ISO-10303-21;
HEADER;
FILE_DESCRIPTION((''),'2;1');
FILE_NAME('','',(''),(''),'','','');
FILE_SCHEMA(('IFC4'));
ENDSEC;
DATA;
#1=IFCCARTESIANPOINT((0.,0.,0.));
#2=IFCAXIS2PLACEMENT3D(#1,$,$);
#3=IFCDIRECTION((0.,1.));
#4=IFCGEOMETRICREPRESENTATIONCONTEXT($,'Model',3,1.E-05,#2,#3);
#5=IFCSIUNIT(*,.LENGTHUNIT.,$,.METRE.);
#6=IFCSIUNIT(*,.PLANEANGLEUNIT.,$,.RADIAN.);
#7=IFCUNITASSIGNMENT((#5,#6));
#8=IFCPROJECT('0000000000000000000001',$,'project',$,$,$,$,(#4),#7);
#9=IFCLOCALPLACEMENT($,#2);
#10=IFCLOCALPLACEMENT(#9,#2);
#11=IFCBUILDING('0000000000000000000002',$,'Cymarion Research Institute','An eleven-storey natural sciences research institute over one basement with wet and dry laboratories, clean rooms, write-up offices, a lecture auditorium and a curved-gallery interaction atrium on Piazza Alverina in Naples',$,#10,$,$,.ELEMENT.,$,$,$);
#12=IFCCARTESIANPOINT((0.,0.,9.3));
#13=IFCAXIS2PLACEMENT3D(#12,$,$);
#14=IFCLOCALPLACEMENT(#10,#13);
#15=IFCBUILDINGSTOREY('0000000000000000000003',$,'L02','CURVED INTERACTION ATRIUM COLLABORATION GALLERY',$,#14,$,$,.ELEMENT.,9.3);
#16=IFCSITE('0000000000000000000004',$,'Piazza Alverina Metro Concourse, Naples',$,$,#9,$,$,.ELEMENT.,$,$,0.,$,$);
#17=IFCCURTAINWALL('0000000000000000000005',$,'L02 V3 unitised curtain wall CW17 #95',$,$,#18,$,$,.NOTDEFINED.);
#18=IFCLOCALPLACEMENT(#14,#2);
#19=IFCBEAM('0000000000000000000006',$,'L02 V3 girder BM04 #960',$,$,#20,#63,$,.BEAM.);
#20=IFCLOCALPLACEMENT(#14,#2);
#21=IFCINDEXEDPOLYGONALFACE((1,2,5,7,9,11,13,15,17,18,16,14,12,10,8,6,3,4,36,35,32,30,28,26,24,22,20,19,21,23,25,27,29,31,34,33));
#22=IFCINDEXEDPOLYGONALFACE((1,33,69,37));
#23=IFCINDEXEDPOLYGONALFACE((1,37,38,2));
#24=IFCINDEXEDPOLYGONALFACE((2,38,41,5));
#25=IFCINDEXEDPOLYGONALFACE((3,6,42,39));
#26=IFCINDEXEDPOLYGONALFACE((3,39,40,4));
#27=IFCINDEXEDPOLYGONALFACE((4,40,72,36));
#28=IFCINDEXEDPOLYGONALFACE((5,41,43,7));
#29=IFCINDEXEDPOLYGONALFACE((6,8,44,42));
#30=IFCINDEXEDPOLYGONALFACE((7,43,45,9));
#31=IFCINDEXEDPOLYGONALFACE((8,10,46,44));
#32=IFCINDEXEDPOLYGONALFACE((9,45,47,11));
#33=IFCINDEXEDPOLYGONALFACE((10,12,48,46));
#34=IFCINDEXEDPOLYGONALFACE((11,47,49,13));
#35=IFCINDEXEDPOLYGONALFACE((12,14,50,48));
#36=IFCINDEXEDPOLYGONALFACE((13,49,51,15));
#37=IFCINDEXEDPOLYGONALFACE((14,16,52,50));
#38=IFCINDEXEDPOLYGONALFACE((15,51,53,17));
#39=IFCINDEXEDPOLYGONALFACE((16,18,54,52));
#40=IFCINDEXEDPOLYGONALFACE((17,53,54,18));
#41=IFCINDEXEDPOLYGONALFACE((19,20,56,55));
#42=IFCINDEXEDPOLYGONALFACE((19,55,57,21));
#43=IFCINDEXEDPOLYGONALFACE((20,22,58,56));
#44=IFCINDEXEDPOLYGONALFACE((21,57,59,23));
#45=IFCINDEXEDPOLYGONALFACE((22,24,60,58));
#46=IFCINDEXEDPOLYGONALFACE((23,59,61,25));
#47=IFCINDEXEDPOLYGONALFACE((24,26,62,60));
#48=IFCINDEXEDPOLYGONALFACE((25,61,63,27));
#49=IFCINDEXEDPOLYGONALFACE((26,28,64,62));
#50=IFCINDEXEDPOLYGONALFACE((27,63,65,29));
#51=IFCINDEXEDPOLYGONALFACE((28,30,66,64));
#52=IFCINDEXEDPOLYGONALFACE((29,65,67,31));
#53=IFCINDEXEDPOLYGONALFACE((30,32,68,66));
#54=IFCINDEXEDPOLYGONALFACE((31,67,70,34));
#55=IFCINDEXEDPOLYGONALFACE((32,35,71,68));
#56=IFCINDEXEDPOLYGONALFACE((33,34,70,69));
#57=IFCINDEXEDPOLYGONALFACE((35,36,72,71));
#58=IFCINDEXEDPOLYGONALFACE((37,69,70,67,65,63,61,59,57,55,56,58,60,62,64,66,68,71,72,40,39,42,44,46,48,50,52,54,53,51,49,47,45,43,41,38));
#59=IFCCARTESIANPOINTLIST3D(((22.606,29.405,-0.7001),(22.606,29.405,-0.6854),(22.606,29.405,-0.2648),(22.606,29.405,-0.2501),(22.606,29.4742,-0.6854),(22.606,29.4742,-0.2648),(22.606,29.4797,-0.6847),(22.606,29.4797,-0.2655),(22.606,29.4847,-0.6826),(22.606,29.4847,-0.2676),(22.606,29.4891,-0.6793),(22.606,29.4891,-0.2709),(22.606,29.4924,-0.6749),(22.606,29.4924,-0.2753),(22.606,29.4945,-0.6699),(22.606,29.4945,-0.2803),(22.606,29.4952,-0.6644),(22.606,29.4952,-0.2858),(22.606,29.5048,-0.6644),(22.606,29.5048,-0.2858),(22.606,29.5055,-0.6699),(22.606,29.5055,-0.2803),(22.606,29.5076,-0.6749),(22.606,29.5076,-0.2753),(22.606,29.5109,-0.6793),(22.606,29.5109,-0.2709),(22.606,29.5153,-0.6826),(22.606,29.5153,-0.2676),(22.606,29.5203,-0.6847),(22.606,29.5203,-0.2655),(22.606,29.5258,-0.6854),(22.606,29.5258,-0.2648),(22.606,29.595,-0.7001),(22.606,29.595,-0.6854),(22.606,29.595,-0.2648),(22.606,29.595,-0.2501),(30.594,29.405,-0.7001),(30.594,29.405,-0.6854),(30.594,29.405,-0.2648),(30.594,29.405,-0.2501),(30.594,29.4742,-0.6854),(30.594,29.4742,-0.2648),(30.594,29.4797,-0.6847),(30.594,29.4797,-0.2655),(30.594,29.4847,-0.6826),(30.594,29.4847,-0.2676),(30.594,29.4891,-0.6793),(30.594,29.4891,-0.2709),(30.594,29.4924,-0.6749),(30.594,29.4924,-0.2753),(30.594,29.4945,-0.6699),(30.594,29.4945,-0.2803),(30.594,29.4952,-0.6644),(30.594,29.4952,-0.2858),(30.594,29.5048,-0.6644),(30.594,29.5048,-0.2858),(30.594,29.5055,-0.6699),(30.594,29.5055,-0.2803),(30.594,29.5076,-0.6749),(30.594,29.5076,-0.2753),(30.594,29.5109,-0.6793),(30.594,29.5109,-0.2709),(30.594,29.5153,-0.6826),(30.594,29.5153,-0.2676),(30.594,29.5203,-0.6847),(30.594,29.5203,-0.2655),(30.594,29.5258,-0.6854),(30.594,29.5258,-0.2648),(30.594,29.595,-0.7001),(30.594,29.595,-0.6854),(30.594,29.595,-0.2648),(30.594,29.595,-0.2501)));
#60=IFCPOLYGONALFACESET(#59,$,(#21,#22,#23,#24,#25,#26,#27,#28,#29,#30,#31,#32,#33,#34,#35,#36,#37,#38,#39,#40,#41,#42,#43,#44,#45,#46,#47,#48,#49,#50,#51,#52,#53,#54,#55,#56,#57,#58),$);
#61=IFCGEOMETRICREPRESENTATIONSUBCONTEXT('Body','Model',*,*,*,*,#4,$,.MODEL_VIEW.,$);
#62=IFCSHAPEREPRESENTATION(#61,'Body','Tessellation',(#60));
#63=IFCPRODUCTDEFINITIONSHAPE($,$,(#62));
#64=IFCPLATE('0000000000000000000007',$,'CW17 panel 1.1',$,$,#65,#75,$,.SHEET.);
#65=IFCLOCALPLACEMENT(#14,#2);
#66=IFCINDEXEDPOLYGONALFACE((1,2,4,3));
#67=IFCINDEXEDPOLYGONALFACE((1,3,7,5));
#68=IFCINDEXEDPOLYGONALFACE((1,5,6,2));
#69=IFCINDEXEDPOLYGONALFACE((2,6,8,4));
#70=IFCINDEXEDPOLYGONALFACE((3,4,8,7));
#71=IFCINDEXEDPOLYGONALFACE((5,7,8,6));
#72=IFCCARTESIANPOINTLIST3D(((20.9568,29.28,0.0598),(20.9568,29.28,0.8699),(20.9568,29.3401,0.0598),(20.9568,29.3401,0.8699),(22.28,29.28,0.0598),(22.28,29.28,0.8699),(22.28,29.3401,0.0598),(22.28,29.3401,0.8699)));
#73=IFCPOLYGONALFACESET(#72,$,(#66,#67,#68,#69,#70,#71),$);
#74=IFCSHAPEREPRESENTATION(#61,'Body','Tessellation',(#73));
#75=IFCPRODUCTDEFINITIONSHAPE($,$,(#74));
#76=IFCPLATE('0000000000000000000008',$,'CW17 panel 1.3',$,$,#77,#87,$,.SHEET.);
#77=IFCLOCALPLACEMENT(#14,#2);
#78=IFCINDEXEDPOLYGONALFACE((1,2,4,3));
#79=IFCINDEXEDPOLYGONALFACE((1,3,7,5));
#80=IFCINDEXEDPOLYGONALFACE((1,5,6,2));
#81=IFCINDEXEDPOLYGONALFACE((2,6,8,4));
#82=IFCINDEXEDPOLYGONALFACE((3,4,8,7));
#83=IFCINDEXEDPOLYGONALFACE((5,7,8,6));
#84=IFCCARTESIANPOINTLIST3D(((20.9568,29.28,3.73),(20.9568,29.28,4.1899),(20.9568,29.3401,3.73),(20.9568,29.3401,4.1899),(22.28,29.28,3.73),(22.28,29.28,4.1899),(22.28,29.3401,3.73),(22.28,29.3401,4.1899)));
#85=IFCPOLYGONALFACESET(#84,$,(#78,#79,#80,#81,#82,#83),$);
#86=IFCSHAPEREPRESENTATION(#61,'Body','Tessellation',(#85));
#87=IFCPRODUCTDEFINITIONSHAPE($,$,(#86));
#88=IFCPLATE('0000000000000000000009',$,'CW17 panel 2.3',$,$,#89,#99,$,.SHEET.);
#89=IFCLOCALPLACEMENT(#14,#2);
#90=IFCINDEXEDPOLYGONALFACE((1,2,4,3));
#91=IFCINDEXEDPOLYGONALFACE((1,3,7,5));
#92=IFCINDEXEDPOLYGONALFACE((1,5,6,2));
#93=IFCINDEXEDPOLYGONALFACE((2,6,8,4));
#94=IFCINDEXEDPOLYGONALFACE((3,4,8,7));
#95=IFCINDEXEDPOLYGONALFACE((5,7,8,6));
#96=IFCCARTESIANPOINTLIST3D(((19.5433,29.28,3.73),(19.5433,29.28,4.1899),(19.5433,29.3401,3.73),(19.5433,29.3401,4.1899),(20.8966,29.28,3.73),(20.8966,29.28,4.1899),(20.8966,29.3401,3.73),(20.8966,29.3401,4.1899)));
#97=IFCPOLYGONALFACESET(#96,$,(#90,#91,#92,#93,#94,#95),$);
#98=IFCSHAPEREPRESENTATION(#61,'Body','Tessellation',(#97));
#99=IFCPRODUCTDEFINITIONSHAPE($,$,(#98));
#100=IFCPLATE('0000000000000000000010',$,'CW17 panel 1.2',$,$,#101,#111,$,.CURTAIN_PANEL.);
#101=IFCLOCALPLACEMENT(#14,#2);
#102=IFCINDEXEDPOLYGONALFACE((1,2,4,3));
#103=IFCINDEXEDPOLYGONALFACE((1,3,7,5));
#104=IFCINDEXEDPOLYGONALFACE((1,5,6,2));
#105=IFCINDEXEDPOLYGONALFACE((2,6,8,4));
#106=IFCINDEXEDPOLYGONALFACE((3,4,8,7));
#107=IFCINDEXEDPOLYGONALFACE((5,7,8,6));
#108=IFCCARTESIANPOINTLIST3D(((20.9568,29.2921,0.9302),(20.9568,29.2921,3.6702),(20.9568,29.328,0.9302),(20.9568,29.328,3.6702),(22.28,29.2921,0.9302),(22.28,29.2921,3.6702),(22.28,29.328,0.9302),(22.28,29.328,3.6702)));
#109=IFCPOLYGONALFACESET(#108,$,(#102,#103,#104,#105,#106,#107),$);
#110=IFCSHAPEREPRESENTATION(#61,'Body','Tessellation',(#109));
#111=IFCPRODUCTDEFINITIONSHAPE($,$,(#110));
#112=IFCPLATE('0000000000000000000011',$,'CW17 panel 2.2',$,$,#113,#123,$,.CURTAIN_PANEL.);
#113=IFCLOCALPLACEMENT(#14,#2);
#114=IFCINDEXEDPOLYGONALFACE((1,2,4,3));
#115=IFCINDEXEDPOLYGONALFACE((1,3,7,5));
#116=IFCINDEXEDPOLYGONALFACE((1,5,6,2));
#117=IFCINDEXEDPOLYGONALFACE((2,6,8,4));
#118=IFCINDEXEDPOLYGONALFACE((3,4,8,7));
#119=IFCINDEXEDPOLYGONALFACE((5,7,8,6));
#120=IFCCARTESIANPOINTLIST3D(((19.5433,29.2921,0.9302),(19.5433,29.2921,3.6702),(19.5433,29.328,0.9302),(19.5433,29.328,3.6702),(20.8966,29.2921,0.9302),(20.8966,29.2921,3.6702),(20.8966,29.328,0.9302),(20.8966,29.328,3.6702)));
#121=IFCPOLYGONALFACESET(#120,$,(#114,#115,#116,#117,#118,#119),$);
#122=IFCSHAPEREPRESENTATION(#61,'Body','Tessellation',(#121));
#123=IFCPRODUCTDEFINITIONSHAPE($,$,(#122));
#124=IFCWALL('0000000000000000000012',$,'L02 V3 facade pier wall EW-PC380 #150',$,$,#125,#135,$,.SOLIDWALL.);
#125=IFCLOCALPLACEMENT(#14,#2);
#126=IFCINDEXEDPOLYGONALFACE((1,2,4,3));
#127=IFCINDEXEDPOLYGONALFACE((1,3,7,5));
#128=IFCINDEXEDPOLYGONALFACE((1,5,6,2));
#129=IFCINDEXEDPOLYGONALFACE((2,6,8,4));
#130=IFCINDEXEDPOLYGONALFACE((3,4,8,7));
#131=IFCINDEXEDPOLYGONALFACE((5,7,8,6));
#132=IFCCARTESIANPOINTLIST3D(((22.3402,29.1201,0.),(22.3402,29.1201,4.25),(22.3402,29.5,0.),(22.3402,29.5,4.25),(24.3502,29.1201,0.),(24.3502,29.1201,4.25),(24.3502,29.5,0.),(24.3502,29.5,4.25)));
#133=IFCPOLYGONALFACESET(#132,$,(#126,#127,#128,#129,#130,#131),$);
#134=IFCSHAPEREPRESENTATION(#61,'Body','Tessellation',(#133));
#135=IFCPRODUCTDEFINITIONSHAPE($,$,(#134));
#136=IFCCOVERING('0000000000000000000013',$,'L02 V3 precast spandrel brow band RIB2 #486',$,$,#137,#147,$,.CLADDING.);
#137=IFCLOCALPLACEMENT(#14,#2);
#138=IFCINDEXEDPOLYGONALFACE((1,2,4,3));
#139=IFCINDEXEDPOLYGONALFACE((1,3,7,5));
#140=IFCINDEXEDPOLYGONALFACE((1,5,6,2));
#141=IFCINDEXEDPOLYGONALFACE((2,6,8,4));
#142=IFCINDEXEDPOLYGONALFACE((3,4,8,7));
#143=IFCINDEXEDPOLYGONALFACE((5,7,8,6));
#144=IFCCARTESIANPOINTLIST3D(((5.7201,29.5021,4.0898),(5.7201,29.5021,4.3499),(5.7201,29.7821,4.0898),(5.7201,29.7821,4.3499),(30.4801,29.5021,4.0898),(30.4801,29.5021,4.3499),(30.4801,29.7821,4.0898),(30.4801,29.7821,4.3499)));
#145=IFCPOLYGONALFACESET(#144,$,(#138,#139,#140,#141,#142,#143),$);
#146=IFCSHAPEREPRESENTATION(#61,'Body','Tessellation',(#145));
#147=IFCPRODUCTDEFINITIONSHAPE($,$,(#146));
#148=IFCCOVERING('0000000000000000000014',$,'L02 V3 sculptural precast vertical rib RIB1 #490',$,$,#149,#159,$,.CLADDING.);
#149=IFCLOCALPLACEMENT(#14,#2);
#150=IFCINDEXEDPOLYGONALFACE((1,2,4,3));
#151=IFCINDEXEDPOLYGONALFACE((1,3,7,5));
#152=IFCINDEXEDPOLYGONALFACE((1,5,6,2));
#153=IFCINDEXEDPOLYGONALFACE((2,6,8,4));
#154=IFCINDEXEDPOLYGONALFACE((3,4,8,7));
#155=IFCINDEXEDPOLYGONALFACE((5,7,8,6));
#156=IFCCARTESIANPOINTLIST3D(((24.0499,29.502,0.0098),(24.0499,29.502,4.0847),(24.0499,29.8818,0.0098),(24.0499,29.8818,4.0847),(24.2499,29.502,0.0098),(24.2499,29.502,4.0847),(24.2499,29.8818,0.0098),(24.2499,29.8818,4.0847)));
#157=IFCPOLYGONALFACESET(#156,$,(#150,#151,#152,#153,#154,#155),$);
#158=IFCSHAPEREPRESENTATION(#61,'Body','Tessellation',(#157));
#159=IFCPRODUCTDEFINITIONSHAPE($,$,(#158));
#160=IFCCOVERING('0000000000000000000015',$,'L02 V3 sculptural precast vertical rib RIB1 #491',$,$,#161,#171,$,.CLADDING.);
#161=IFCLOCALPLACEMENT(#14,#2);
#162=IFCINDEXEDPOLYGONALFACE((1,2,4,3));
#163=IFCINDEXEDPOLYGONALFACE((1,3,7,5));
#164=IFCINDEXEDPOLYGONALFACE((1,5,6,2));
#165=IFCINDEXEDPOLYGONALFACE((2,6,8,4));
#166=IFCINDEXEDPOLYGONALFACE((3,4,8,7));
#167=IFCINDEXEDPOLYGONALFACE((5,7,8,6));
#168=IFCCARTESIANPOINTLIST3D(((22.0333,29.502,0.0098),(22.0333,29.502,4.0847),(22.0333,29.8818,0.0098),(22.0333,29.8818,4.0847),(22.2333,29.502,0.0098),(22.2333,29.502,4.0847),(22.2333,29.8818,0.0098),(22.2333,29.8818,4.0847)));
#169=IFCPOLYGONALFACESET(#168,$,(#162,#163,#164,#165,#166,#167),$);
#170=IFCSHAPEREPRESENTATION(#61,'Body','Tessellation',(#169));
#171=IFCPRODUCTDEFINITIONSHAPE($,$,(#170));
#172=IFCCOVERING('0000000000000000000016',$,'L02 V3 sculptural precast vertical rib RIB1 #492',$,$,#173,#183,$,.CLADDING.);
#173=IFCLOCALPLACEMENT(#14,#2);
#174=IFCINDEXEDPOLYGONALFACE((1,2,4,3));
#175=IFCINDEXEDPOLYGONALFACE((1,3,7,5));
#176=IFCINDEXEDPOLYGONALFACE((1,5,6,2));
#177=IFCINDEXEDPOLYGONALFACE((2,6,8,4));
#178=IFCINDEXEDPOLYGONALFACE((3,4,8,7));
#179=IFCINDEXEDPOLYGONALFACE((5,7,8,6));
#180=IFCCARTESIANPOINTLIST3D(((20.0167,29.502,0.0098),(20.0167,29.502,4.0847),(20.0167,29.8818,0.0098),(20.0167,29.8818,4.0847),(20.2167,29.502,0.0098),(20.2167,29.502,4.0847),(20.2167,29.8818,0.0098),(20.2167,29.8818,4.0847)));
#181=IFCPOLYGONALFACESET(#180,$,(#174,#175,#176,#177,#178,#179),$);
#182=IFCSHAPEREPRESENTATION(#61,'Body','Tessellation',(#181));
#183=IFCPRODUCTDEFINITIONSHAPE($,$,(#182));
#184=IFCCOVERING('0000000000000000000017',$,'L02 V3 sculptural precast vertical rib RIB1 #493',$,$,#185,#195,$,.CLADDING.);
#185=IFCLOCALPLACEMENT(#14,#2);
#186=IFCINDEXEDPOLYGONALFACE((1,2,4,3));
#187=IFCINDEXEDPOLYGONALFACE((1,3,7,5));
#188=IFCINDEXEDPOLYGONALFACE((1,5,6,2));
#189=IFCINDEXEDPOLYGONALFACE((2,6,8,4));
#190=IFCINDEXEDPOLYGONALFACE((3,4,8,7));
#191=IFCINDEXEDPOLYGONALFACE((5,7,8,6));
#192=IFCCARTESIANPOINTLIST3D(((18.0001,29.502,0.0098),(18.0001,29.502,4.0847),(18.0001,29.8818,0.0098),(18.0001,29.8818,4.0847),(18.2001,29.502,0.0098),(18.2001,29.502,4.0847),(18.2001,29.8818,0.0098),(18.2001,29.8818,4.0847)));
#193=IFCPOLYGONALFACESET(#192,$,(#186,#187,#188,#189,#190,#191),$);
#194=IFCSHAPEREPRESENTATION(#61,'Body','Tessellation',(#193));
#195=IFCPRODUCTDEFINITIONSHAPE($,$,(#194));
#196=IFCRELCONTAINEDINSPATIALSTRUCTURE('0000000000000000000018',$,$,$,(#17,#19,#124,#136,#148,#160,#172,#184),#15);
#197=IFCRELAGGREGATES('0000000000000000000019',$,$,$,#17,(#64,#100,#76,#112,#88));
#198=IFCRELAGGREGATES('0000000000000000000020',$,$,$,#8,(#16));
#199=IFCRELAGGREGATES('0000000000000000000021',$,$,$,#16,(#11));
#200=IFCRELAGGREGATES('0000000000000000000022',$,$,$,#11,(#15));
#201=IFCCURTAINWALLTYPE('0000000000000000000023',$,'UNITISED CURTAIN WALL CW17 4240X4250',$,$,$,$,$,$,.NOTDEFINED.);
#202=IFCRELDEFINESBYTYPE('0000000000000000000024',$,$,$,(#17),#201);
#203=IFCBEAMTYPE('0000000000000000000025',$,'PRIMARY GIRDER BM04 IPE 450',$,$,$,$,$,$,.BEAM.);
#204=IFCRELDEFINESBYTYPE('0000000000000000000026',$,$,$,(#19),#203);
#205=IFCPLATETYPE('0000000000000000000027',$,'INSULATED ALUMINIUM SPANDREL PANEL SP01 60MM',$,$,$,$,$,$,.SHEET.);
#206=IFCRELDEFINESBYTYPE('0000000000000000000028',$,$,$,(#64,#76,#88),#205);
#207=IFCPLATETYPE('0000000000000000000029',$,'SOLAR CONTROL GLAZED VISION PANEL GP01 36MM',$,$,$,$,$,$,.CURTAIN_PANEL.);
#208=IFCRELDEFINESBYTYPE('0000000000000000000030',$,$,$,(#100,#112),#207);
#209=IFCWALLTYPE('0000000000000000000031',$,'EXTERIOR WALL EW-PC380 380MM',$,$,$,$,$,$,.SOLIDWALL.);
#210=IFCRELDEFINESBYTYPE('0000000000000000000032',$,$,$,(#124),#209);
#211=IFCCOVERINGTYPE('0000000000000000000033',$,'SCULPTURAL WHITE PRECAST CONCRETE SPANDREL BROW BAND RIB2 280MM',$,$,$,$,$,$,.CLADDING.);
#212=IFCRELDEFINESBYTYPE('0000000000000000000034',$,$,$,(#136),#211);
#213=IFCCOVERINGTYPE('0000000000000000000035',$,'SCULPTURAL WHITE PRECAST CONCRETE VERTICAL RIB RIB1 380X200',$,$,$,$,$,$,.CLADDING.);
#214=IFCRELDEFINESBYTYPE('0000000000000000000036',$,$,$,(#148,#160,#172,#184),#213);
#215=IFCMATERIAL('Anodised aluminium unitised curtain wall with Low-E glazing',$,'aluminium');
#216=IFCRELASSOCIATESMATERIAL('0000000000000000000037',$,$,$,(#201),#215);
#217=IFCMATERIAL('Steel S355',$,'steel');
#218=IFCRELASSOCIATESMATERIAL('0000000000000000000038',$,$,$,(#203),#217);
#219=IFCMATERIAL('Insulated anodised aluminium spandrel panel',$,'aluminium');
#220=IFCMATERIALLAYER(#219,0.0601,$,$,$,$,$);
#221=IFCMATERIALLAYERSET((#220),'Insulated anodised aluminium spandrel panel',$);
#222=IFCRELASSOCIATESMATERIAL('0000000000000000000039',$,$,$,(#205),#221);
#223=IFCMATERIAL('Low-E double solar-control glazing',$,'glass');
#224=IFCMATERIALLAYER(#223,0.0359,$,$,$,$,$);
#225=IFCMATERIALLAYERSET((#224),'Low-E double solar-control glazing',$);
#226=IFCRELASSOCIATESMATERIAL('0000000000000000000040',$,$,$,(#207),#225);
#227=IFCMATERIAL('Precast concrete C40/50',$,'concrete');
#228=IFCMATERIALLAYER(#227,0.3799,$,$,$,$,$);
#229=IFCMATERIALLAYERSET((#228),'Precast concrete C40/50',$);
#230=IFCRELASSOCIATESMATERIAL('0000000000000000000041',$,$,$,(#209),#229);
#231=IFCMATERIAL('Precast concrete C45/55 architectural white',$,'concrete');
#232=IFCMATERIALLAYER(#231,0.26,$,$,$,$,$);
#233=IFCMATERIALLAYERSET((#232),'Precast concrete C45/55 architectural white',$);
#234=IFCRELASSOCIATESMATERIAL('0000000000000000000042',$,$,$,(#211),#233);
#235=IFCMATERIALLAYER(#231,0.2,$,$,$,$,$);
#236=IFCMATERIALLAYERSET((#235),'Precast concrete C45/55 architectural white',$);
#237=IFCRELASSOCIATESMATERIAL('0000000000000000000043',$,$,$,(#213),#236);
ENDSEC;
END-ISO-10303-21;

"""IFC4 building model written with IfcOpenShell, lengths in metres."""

from ifc_helpers import new_model, si_unit, direction, frame, frame_2d, origin, origin_2d, place, context, subcontext, project, spatial, rectangle, i_section, extrude, material, layer, layer_set, material_profile, profile_set, type_object, element, aggregate, save


model = new_model("IFC4")

# Units and contexts
model_context = context("Model", 3, precision=1e-05, world=origin(), true_north=direction((0.0, 1.0)))
body_context = subcontext(model_context, "Body", "Model", "MODEL_VIEW")
ifc_project = project(units=[si_unit("LENGTHUNIT", "METRE"), si_unit("PLANEANGLEUNIT", "RADIAN")], contexts=[model_context])

# Site, building, storey
site_placement = place(None, origin())
site = spatial("IfcSite", under=ifc_project, at=site_placement, Name="Piazza Alverina Metro Concourse, Naples", CompositionType="ELEMENT", RefElevation=0.0)
building_placement = place(site_placement, origin())
building = spatial("IfcBuilding", under=site, at=building_placement, Name="Cymarion Research Institute", Description="An eleven-storey natural sciences research institute over one basement with wet and dry laboratories, clean rooms, write-up offices, a lecture auditorium and a curved-gallery interaction atrium on Piazza Alverina in Naples", CompositionType="ELEMENT")
storey_placement = place(building_placement, frame((0.0, 0.0, 9.3)))
storey = spatial("IfcBuildingStorey", under=building, at=storey_placement, Name="L02", Description="CURVED INTERACTION ATRIUM COLLABORATION GALLERY", CompositionType="ELEMENT", Elevation=9.3)

# Shared definitions
ifc_material_1 = material(Name="Steel S355", Category="steel")

# Curtain wall
ifc_material_2 = material(Name="Anodised aluminium unitised curtain wall with Low-E glazing", Category="aluminium")
curtain_wall_type = type_object("IfcCurtainWallType", Name="UNITISED CURTAIN WALL CW17 4240X4250", PredefinedType="NOTDEFINED", material=ifc_material_2)
curtain_wall_placement = place(storey_placement, origin())
curtain_wall = element("IfcCurtainWall", 1, at=curtain_wall_placement, inside=storey, type_object=curtain_wall_type, Name="L02 V3 unitised curtain wall CW17 #95", PredefinedType="NOTDEFINED")

# Beam
ifc_material_profile_1 = material_profile(ifc_material_1, i_section(OverallWidth=0.1899, OverallDepth=0.45, WebThickness=0.0095, FlangeThickness=0.0146, FilletRadius=0.021, at=origin_2d()), Name="IPE 450")
ifc_profile_set_1 = profile_set([ifc_material_profile_1], Name="Steel S355")
beam_type = type_object("IfcBeamType", Name="PRIMARY GIRDER BM04 IPE 450", PredefinedType="BEAM", material=ifc_profile_set_1)
beam_placement = place(storey_placement, frame((22.606, 29.5, -0.4751), z_axis=(1.0, 0.0, 0.0), x_axis=(0.0, 1.0, 0.0)))
element("IfcBeam", 2, at=beam_placement, inside=storey, type_object=beam_type, Name="L02 V3 girder BM04 #960", PredefinedType="BEAM", context=body_context, shape_type="SweptSolid", body=[
    extrude(i_section(OverallWidth=0.1899, OverallDepth=0.45, WebThickness=0.0095, FlangeThickness=0.0146, FilletRadius=0.021, at=origin_2d()), origin(), (0.0, 0.0, 1.0), 7.988),
])

# Plates
ifc_material_3 = material(Name="Insulated anodised aluminium spandrel panel", Category="aluminium")
ifc_layer_1 = layer(ifc_material_3, 0.0601)
ifc_layer_set_1 = layer_set([ifc_layer_1], Name="Insulated anodised aluminium spandrel panel")
plate_type_1 = type_object("IfcPlateType", Name="INSULATED ALUMINIUM SPANDREL PANEL SP01 60MM", PredefinedType="SHEET", material=ifc_layer_set_1)
plate_1_placement = place(storey_placement, frame((21.6184, 29.3101, 0.0598), z_axis=(0.0, 0.0, 1.0), x_axis=(-1.0, 0.0, 0.0)))
plate_1 = element("IfcPlate", 3, at=plate_1_placement, type_object=plate_type_1, Name="CW17 panel 1.1", PredefinedType="SHEET", context=body_context, shape_type="SweptSolid", body=[
    extrude(rectangle(XDim=1.3232, YDim=0.0601, at=origin_2d()), origin(), (0.0, 0.0, 1.0), 0.8101),
])
plate_2_placement = place(storey_placement, frame((21.6184, 29.3101, 3.73), z_axis=(0.0, 0.0, 1.0), x_axis=(-1.0, 0.0, 0.0)))
plate_2 = element("IfcPlate", 4, at=plate_2_placement, type_object=plate_type_1, Name="CW17 panel 1.3", PredefinedType="SHEET", context=body_context, shape_type="SweptSolid", body=[
    extrude(rectangle(XDim=1.3232, YDim=0.0601, at=origin_2d()), origin(), (0.0, 0.0, 1.0), 0.46),
])
plate_3_placement = place(storey_placement, frame((20.22, 29.3101, 3.73), z_axis=(0.0, 0.0, 1.0), x_axis=(-1.0, 0.0, 0.0)))
plate_3 = element("IfcPlate", 5, at=plate_3_placement, type_object=plate_type_1, Name="CW17 panel 2.3", PredefinedType="SHEET", context=body_context, shape_type="SweptSolid", body=[
    extrude(rectangle(XDim=1.3533, YDim=0.0601, at=origin_2d()), origin(), (0.0, 0.0, 1.0), 0.46),
])
ifc_material_4 = material(Name="Low-E double solar-control glazing", Category="glass")
ifc_layer_2 = layer(ifc_material_4, 0.0359)
ifc_layer_set_2 = layer_set([ifc_layer_2], Name="Low-E double solar-control glazing")
plate_type_2 = type_object("IfcPlateType", Name="SOLAR CONTROL GLAZED VISION PANEL GP01 36MM", PredefinedType="CURTAIN_PANEL", material=ifc_layer_set_2)
plate_4_placement = place(storey_placement, frame((21.6184, 29.3101, 0.9302), z_axis=(0.0, 0.0, 1.0), x_axis=(-1.0, 0.0, 0.0)))
plate_4 = element("IfcPlate", 6, at=plate_4_placement, type_object=plate_type_2, Name="CW17 panel 1.2", PredefinedType="CURTAIN_PANEL", context=body_context, shape_type="SweptSolid", body=[
    extrude(rectangle(XDim=1.3232, YDim=0.0359, at=origin_2d()), origin(), (0.0, 0.0, 1.0), 2.74),
])
plate_5_placement = place(storey_placement, frame((20.22, 29.3101, 0.9302), z_axis=(0.0, 0.0, 1.0), x_axis=(-1.0, 0.0, 0.0)))
plate_5 = element("IfcPlate", 7, at=plate_5_placement, type_object=plate_type_2, Name="CW17 panel 2.2", PredefinedType="CURTAIN_PANEL", context=body_context, shape_type="SweptSolid", body=[
    extrude(rectangle(XDim=1.3533, YDim=0.0359, at=origin_2d()), origin(), (0.0, 0.0, 1.0), 2.74),
])
aggregate(curtain_wall, [plate_1, plate_4, plate_2, plate_5, plate_3])

# Wall
ifc_material_5 = material(Name="Precast concrete C40/50", Category="concrete")
ifc_layer_3 = layer(ifc_material_5, 0.3799)
ifc_layer_set_3 = layer_set([ifc_layer_3], Name="Precast concrete C40/50")
wall_type = type_object("IfcWallType", Name="EXTERIOR WALL EW-PC380 380MM", PredefinedType="SOLIDWALL", material=ifc_layer_set_3)
wall_placement = place(storey_placement, frame((24.3501, 29.3101, 0.0), z_axis=(0.0, 0.0, 1.0), x_axis=(-1.0, 0.0, 0.0)))
element("IfcWall", 8, at=wall_placement, inside=storey, type_object=wall_type, Name="L02 V3 facade pier wall EW-PC380 #150", PredefinedType="SOLIDWALL", context=body_context, shape_type="SweptSolid", body=[
    extrude(rectangle(XDim=2.01, YDim=0.3799, at=frame_2d((1.0049, 0.0))), origin(), (0.0, 0.0, 1.0), 4.25),
])

# Coverings
ifc_material_6 = material(Name="Precast concrete C45/55 architectural white", Category="concrete")
ifc_layer_4 = layer(ifc_material_6, 0.26)
ifc_layer_set_4 = layer_set([ifc_layer_4], Name="Precast concrete C45/55 architectural white")
covering_type_1 = type_object("IfcCoveringType", Name="SCULPTURAL WHITE PRECAST CONCRETE SPANDREL BROW BAND RIB2 280MM", PredefinedType="CLADDING", material=ifc_layer_set_4)
covering_placement = place(storey_placement, frame((18.1001, 29.6421, 4.0898), z_axis=(0.0, 0.0, 1.0), x_axis=(0.0, 1.0, 0.0)))
element("IfcCovering", 9, at=covering_placement, inside=storey, type_object=covering_type_1, Name="L02 V3 precast spandrel brow band RIB2 #486", PredefinedType="CLADDING", context=body_context, shape_type="SweptSolid", body=[
    extrude(rectangle(XDim=0.28, YDim=24.76, at=origin_2d()), origin(), (0.0, 0.0, 1.0), 0.26),
])
ifc_layer_5 = layer(ifc_material_6, 0.2)
ifc_layer_set_5 = layer_set([ifc_layer_5], Name="Precast concrete C45/55 architectural white")
covering_type_2 = type_object("IfcCoveringType", Name="SCULPTURAL WHITE PRECAST CONCRETE VERTICAL RIB RIB1 380X200", PredefinedType="CLADDING", material=ifc_layer_set_5)
for number, where, z_axis, x_axis, name in (
    (10, (24.1499, 29.6919, 0.0098), (0.0, 0.0, 1.0), (0.0, 1.0, 0.0), "L02 V3 sculptural precast vertical rib RIB1 #490"),
    (11, (22.1333, 29.6919, 0.0098), (0.0, 0.0, 1.0), (0.0, 1.0, 0.0), "L02 V3 sculptural precast vertical rib RIB1 #491"),
    (12, (20.1167, 29.6919, 0.0098), (0.0, 0.0, 1.0), (0.0, 1.0, 0.0), "L02 V3 sculptural precast vertical rib RIB1 #492"),
    (13, (18.1001, 29.6919, 0.0098), (0.0, 0.0, 1.0), (0.0, 1.0, 0.0), "L02 V3 sculptural precast vertical rib RIB1 #493"),
):
    element("IfcCovering", number, at=place(storey_placement, frame(where, z_axis=z_axis, x_axis=x_axis)), inside=storey, type_object=covering_type_2, Name=name, PredefinedType="CLADDING", context=body_context, shape_type="SweptSolid", body=[
        extrude(rectangle(XDim=0.3799, YDim=0.2, at=origin_2d()), origin(), (0.0, 0.0, 1.0), 4.075),
    ])

save(model, "model.ifc")
